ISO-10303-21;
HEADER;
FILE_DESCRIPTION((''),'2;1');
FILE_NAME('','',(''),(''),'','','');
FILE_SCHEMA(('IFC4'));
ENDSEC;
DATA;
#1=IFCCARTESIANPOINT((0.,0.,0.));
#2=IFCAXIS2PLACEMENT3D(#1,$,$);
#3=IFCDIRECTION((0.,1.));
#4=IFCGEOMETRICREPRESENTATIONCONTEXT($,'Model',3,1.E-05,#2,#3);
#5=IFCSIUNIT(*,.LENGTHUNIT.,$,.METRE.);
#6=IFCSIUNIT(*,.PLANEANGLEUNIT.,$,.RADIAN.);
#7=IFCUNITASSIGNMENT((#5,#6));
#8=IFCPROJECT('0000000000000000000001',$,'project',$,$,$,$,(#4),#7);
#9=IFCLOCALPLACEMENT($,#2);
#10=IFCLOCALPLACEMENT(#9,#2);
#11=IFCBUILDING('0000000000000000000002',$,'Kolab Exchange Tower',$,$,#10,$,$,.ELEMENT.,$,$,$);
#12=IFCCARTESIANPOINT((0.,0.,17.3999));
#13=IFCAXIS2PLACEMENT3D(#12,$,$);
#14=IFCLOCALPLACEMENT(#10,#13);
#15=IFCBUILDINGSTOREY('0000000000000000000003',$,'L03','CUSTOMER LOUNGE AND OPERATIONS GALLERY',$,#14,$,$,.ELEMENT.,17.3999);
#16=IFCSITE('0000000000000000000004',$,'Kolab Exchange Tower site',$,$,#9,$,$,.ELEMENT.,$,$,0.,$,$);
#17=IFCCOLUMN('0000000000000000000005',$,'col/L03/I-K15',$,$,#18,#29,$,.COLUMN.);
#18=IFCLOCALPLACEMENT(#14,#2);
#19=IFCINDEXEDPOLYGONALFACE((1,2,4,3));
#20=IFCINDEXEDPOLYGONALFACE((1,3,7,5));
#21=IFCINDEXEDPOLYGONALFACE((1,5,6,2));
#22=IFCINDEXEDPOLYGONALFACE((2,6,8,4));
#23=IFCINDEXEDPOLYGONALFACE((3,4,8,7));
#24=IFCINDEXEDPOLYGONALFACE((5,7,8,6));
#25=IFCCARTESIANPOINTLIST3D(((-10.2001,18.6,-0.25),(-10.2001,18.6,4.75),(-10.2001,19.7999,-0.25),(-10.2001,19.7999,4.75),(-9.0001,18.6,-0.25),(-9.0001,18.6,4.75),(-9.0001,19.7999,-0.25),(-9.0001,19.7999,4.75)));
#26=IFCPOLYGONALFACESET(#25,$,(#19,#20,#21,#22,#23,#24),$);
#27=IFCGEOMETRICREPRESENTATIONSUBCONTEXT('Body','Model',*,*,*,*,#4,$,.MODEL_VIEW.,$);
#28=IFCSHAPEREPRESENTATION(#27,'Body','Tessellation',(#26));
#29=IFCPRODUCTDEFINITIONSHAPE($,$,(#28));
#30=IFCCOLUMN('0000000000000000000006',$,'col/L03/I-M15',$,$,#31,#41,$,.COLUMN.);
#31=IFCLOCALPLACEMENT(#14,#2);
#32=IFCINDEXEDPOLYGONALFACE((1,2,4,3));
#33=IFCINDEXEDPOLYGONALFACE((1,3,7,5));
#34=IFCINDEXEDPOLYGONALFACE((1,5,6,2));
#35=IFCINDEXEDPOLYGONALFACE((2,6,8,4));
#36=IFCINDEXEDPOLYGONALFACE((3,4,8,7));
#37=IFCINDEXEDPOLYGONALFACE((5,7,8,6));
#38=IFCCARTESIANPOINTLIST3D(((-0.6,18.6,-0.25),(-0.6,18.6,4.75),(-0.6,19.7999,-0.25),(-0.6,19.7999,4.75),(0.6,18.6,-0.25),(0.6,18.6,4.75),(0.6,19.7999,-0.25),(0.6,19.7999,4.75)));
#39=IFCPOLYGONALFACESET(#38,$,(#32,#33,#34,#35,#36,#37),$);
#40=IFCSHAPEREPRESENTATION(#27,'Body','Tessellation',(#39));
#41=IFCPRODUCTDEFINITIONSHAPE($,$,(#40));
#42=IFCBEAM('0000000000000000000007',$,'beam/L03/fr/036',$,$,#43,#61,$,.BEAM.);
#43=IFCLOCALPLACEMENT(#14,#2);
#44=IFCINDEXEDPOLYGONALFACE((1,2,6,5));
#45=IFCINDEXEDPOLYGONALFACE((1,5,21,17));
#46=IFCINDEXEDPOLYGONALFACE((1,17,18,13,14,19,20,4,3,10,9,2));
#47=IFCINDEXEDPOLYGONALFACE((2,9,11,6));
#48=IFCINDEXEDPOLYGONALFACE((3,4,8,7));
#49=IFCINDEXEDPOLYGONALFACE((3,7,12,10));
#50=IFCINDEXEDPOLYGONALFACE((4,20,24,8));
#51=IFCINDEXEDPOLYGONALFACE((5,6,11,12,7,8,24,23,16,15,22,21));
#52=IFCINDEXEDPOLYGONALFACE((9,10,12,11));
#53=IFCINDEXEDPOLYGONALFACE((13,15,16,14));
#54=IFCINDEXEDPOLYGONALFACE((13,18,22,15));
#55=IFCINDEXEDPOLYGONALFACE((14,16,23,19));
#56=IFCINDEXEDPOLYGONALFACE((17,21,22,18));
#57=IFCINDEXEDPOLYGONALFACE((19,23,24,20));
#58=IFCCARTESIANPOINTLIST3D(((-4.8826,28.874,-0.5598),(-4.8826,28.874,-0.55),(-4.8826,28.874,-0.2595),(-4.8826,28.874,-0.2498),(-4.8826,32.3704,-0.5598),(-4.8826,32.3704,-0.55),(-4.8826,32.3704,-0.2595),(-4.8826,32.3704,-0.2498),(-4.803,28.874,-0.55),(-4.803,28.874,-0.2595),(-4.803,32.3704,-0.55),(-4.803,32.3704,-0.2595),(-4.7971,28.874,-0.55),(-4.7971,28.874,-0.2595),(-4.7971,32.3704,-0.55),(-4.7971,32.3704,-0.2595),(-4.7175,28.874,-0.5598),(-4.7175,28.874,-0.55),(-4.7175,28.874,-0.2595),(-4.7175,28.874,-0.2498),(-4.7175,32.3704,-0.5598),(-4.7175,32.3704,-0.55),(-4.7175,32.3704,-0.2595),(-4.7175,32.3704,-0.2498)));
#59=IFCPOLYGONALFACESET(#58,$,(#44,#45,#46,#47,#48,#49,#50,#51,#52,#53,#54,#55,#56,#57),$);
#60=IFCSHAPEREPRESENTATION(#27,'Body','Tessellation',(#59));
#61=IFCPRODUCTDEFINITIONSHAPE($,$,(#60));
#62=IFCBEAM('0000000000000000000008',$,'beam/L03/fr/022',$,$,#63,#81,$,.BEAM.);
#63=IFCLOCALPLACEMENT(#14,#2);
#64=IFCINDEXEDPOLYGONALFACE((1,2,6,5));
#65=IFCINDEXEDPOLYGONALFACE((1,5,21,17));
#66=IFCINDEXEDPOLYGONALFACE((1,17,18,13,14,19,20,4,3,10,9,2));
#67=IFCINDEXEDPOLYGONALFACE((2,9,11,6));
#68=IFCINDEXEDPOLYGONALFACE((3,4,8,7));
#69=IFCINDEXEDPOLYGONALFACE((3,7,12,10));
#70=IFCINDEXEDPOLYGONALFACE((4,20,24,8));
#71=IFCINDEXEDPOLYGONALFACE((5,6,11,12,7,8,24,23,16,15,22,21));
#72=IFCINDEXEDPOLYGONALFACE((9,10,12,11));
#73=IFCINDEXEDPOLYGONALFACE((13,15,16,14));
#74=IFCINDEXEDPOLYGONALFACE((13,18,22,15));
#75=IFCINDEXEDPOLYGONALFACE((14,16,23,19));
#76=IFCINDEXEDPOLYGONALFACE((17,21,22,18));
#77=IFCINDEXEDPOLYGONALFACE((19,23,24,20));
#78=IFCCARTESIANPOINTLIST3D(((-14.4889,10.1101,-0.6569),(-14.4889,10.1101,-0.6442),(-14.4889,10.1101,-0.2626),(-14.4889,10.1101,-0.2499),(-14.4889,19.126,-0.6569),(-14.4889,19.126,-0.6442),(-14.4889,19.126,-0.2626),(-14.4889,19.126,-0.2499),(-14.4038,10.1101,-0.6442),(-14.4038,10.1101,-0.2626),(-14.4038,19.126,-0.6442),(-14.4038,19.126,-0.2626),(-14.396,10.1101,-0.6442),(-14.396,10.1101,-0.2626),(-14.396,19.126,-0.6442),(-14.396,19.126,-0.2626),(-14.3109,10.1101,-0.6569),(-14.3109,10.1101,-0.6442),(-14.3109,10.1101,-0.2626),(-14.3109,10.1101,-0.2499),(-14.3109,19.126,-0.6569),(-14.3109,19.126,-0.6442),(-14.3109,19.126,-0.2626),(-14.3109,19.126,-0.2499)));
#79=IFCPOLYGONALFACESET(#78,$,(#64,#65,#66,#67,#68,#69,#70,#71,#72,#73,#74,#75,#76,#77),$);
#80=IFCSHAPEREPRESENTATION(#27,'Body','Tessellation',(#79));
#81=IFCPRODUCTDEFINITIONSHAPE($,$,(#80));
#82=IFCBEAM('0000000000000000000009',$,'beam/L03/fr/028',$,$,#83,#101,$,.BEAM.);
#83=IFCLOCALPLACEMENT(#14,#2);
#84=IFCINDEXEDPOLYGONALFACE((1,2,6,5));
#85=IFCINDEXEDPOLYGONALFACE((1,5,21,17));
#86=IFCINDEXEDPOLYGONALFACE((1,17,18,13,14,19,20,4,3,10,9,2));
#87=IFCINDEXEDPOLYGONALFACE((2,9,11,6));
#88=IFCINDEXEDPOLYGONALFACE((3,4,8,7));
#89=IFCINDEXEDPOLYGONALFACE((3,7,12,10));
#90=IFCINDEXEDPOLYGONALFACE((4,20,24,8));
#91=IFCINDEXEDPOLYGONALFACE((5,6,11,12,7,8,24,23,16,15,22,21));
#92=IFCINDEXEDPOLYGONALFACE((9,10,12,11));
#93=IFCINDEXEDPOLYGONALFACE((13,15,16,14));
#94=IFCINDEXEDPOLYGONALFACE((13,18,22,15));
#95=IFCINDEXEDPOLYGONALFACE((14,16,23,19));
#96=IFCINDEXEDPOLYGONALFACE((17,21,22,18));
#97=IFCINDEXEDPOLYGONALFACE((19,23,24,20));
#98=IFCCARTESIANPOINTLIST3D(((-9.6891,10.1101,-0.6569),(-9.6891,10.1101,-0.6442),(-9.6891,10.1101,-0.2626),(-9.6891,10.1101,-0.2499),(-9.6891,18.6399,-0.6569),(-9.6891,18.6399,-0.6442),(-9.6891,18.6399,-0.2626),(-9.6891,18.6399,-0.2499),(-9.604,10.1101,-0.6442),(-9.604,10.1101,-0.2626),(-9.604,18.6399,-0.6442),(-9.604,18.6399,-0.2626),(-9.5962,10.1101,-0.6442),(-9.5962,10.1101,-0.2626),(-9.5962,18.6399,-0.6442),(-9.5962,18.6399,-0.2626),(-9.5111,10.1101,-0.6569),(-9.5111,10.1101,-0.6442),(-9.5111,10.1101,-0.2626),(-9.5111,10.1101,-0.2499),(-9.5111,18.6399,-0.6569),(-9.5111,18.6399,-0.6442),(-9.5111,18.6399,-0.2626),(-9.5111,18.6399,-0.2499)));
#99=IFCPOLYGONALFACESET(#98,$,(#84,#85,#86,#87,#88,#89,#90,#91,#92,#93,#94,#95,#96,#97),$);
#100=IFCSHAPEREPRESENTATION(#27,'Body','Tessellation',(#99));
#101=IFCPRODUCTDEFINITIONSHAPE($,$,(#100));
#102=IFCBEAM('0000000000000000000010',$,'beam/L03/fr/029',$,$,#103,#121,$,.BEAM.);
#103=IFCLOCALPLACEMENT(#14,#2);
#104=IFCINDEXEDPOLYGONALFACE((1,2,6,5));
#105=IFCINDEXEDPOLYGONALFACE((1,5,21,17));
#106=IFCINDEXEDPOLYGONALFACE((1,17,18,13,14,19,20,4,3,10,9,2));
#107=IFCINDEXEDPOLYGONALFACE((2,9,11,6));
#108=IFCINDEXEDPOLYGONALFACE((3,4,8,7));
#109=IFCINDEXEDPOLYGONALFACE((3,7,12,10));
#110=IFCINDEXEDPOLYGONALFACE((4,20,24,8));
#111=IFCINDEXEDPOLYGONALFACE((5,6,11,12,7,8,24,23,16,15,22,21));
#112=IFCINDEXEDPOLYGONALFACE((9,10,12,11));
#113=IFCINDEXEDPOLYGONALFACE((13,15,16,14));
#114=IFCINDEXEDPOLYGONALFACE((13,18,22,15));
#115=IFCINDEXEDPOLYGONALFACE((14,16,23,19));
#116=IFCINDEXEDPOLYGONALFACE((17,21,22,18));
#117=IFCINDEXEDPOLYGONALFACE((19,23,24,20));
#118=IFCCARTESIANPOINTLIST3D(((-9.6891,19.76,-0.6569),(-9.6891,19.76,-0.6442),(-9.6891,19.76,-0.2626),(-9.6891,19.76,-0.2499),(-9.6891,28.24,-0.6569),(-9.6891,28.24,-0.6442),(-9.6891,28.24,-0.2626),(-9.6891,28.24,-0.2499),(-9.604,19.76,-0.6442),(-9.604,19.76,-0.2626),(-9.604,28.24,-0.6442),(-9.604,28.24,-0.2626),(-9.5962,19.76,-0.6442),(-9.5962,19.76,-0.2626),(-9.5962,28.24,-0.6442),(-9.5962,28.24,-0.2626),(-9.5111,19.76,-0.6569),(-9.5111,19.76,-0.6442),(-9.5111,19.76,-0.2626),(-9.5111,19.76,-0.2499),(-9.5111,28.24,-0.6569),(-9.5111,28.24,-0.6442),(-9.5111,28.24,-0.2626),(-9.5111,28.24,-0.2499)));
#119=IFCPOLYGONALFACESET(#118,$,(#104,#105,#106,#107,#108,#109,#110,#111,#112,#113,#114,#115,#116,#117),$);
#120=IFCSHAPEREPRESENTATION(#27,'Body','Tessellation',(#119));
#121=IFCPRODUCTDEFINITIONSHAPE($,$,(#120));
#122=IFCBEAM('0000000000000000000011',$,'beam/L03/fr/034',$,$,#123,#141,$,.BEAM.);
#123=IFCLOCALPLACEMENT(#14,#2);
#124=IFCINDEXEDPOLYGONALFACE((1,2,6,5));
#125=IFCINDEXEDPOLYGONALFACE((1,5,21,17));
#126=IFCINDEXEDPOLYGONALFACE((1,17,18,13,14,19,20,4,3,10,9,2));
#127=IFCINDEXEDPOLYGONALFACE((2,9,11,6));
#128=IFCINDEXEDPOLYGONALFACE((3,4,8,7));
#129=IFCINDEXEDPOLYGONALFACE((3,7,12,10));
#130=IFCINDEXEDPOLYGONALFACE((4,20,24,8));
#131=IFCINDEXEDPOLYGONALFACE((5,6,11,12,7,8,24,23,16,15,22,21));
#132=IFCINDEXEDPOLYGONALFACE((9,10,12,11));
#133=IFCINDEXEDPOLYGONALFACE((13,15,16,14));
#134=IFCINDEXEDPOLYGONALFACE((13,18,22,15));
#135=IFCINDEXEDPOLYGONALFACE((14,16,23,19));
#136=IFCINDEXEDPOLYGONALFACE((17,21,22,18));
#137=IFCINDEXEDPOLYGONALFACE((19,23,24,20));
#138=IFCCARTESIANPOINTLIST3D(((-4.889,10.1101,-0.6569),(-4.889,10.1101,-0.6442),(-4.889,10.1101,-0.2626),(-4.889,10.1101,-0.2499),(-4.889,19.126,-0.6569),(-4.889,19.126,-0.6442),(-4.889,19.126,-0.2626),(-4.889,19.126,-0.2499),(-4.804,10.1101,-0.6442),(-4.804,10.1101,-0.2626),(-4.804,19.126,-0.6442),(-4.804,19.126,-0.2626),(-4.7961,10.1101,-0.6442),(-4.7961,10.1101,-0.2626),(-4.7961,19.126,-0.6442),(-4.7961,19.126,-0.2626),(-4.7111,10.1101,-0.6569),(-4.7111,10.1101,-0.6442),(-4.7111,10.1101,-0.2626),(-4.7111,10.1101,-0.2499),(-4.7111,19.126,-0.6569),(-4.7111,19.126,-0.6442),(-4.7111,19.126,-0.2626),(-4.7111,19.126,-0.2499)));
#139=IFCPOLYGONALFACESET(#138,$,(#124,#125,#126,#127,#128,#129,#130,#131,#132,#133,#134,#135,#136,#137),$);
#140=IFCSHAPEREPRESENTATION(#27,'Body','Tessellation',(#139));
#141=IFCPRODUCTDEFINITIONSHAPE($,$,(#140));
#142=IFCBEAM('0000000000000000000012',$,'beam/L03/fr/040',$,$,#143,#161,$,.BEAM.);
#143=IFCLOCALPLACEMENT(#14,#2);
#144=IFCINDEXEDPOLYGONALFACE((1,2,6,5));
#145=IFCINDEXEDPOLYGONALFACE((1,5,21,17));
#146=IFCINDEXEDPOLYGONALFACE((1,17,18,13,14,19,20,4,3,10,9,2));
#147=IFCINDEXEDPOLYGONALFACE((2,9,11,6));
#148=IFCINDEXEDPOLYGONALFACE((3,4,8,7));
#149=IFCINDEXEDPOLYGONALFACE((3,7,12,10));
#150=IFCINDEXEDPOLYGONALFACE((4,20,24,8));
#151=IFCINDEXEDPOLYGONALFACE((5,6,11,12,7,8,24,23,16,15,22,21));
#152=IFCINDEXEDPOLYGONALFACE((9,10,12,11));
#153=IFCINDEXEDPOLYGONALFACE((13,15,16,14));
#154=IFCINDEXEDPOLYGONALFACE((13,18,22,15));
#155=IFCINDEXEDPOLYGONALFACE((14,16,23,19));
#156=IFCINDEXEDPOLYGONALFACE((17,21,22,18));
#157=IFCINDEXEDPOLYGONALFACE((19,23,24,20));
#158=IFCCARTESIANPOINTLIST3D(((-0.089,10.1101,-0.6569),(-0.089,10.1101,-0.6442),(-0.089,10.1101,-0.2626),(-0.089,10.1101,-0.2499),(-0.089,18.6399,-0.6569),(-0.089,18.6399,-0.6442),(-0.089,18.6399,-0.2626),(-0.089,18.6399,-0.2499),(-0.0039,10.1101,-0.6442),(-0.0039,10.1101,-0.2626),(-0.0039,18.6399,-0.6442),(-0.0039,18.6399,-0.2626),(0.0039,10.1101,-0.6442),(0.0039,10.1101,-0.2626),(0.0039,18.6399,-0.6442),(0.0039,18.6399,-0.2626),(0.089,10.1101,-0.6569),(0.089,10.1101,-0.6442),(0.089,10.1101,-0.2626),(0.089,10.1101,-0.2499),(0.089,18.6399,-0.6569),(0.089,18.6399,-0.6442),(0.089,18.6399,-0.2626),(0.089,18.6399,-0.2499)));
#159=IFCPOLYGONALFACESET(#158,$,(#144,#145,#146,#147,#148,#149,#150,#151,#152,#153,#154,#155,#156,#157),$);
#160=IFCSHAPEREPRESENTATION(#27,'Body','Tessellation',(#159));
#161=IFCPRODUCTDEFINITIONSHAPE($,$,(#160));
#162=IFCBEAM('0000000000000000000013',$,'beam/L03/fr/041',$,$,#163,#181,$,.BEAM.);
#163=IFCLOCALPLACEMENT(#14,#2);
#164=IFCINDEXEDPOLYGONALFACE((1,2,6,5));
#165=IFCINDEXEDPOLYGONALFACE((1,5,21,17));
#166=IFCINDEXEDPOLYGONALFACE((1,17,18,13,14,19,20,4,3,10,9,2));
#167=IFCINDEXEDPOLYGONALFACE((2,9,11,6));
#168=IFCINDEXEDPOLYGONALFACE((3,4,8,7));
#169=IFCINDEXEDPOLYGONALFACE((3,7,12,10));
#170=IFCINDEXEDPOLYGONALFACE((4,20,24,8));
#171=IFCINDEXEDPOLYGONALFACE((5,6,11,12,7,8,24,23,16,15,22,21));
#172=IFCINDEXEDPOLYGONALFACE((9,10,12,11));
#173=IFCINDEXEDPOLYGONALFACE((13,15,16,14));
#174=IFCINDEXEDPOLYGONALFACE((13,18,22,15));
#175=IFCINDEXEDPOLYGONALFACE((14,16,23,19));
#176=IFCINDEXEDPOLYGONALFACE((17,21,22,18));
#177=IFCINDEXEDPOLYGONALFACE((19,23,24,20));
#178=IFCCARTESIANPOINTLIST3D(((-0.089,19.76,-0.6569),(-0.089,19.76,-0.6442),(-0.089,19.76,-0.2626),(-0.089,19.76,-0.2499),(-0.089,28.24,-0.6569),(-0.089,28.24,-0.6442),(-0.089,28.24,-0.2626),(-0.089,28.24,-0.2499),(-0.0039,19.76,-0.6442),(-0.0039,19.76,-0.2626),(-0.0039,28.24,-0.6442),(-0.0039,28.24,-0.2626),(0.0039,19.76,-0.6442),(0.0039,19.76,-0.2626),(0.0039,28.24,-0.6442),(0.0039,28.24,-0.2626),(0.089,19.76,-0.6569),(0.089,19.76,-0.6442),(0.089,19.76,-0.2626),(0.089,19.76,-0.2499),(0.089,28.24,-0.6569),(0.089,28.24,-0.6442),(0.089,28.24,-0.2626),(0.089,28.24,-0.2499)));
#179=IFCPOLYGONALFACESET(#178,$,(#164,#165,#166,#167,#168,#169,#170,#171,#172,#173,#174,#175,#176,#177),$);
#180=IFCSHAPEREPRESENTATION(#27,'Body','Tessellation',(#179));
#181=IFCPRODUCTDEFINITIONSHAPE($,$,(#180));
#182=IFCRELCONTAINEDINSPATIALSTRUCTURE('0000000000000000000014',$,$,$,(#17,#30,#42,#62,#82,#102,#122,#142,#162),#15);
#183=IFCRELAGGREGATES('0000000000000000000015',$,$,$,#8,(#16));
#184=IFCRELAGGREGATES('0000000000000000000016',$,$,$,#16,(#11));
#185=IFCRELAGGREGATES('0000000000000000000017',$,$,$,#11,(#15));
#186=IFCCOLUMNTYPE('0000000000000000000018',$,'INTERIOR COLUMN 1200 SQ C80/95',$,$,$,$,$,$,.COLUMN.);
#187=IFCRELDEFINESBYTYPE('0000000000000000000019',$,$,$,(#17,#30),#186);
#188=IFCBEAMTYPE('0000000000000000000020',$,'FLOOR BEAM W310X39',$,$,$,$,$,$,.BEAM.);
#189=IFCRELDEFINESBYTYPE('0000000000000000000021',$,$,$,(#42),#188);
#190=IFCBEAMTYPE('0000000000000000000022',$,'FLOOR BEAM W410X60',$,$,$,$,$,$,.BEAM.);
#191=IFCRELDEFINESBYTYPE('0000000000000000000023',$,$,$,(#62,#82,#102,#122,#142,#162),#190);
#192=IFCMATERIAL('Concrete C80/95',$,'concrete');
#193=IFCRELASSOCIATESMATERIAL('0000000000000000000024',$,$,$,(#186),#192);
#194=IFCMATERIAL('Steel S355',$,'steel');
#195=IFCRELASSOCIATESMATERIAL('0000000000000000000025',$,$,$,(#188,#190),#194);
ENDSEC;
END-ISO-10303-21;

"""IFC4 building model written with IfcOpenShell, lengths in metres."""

from ifc_helpers import new_model, si_unit, direction, frame, origin, origin_2d, place, context, subcontext, project, spatial, rectangle, i_section, extrude, material, material_profile, profile_set, type_object, element, save


model = new_model("IFC4")

# Units and contexts
model_context = context("Model", 3, precision=1e-05, world=origin(), true_north=direction((0.0, 1.0)))
body_context = subcontext(model_context, "Body", "Model", "MODEL_VIEW")
ifc_project = project(units=[si_unit("LENGTHUNIT", "METRE"), si_unit("PLANEANGLEUNIT", "RADIAN")], contexts=[model_context])

# Site, building, storey
site_placement = place(None, origin())
site = spatial("IfcSite", under=ifc_project, at=site_placement, Name="Kolab Exchange Tower site", CompositionType="ELEMENT", RefElevation=0.0)
building_placement = place(site_placement, origin())
building = spatial("IfcBuilding", under=site, at=building_placement, Name="Kolab Exchange Tower", CompositionType="ELEMENT")
storey_placement = place(building_placement, frame((0.0, 0.0, 17.3999)))
storey = spatial("IfcBuildingStorey", under=building, at=storey_placement, Name="L03", Description="CUSTOMER LOUNGE AND OPERATIONS GALLERY", CompositionType="ELEMENT", Elevation=17.3999)

# Columns
ifc_material_1 = material(Name="Concrete C80/95", Category="concrete")
ifc_material_profile_1 = material_profile(ifc_material_1, rectangle(XDim=1.2, YDim=1.2, at=origin_2d()), Name="RC1200")
ifc_profile_set_1 = profile_set([ifc_material_profile_1], Name="Concrete C80/95")
column_type = type_object("IfcColumnType", Name="INTERIOR COLUMN 1200 SQ C80/95", PredefinedType="COLUMN", material=ifc_profile_set_1)
for number, where, z_axis, x_axis, name in (
    (1, (-9.6001, 19.2, -0.25), (0.0, 0.0, 1.0), (1.0, 0.0, 0.0), "col/L03/I-K15"),
    (2, (0.0, 19.2, -0.25), (0.0, 0.0, 1.0), (1.0, 0.0, 0.0), "col/L03/I-M15"),
):
    element("IfcColumn", number, at=place(storey_placement, frame(where, z_axis=z_axis, x_axis=x_axis)), inside=storey, type_object=column_type, Name=name, PredefinedType="COLUMN", context=body_context, shape_type="SweptSolid", body=[
        extrude(rectangle(XDim=1.2, YDim=1.2, at=origin_2d()), origin(), (0.0, 0.0, 1.0), 5.0),
    ])

# Beams
ifc_material_2 = material(Name="Steel S355", Category="steel")
ifc_material_profile_2 = material_profile(ifc_material_2, i_section(OverallWidth=0.165, OverallDepth=0.3101, WebThickness=0.0059, FlangeThickness=0.0098, at=origin_2d()), Name="W310X39")
ifc_profile_set_2 = profile_set([ifc_material_profile_2], Name="Steel S355")
beam_type_1 = type_object("IfcBeamType", Name="FLOOR BEAM W310X39", PredefinedType="BEAM", material=ifc_profile_set_2)
beam_1_placement = place(storey_placement, frame((-4.8, 28.874, -0.4048), z_axis=(0.0, 1.0, 0.0), x_axis=(-1.0, 0.0, 0.0)))
element("IfcBeam", 3, at=beam_1_placement, inside=storey, type_object=beam_type_1, Name="beam/L03/fr/036", PredefinedType="BEAM", context=body_context, shape_type="SweptSolid", body=[
    extrude(i_section(OverallWidth=0.165, OverallDepth=0.3101, WebThickness=0.0059, FlangeThickness=0.0098, at=origin_2d()), origin(), (0.0, 0.0, 1.0), 3.4963),
])
ifc_material_profile_3 = material_profile(ifc_material_2, i_section(OverallWidth=0.178, OverallDepth=0.407, WebThickness=0.0078, FlangeThickness=0.0127, at=origin_2d()), Name="W410X60")
ifc_profile_set_3 = profile_set([ifc_material_profile_3], Name="Steel S355")
beam_type_2 = type_object("IfcBeamType", Name="FLOOR BEAM W410X60", PredefinedType="BEAM", material=ifc_profile_set_3)
beam_2_placement = place(storey_placement, frame((-14.3999, 10.1101, -0.4534), z_axis=(0.0, 1.0, 0.0), x_axis=(-1.0, 0.0, 0.0)))
element("IfcBeam", 4, at=beam_2_placement, inside=storey, type_object=beam_type_2, Name="beam/L03/fr/022", PredefinedType="BEAM", context=body_context, shape_type="SweptSolid", body=[
    extrude(i_section(OverallWidth=0.178, OverallDepth=0.407, WebThickness=0.0078, FlangeThickness=0.0127, at=origin_2d()), origin(), (0.0, 0.0, 1.0), 9.0159),
])
beam_3_placement = place(storey_placement, frame((-9.6001, 10.1101, -0.4534), z_axis=(0.0, 1.0, 0.0), x_axis=(-1.0, 0.0, 0.0)))
element("IfcBeam", 5, at=beam_3_placement, inside=storey, type_object=beam_type_2, Name="beam/L03/fr/028", PredefinedType="BEAM", context=body_context, shape_type="SweptSolid", body=[
    extrude(i_section(OverallWidth=0.178, OverallDepth=0.407, WebThickness=0.0078, FlangeThickness=0.0127, at=origin_2d()), origin(), (0.0, 0.0, 1.0), 8.5298),
])
beam_4_placement = place(storey_placement, frame((-9.6001, 19.76, -0.4534), z_axis=(0.0, 1.0, 0.0), x_axis=(-1.0, 0.0, 0.0)))
element("IfcBeam", 6, at=beam_4_placement, inside=storey, type_object=beam_type_2, Name="beam/L03/fr/029", PredefinedType="BEAM", context=body_context, shape_type="SweptSolid", body=[
    extrude(i_section(OverallWidth=0.178, OverallDepth=0.407, WebThickness=0.0078, FlangeThickness=0.0127, at=origin_2d()), origin(), (0.0, 0.0, 1.0), 8.48),
])
beam_5_placement = place(storey_placement, frame((-4.8, 10.1101, -0.4534), z_axis=(0.0, 1.0, 0.0), x_axis=(-1.0, 0.0, 0.0)))
element("IfcBeam", 7, at=beam_5_placement, inside=storey, type_object=beam_type_2, Name="beam/L03/fr/034", PredefinedType="BEAM", context=body_context, shape_type="SweptSolid", body=[
    extrude(i_section(OverallWidth=0.178, OverallDepth=0.407, WebThickness=0.0078, FlangeThickness=0.0127, at=origin_2d()), origin(), (0.0, 0.0, 1.0), 9.0159),
])
beam_6_placement = place(storey_placement, frame((0.0, 10.1101, -0.4534), z_axis=(0.0, 1.0, 0.0), x_axis=(-1.0, 0.0, 0.0)))
element("IfcBeam", 8, at=beam_6_placement, inside=storey, type_object=beam_type_2, Name="beam/L03/fr/040", PredefinedType="BEAM", context=body_context, shape_type="SweptSolid", body=[
    extrude(i_section(OverallWidth=0.178, OverallDepth=0.407, WebThickness=0.0078, FlangeThickness=0.0127, at=origin_2d()), origin(), (0.0, 0.0, 1.0), 8.5298),
])
beam_7_placement = place(storey_placement, frame((0.0, 19.76, -0.4534), z_axis=(0.0, 1.0, 0.0), x_axis=(-1.0, 0.0, 0.0)))
element("IfcBeam", 9, at=beam_7_placement, inside=storey, type_object=beam_type_2, Name="beam/L03/fr/041", PredefinedType="BEAM", context=body_context, shape_type="SweptSolid", body=[
    extrude(i_section(OverallWidth=0.178, OverallDepth=0.407, WebThickness=0.0078, FlangeThickness=0.0127, at=origin_2d()), origin(), (0.0, 0.0, 1.0), 8.48),
])

save(model, "model.ifc")
